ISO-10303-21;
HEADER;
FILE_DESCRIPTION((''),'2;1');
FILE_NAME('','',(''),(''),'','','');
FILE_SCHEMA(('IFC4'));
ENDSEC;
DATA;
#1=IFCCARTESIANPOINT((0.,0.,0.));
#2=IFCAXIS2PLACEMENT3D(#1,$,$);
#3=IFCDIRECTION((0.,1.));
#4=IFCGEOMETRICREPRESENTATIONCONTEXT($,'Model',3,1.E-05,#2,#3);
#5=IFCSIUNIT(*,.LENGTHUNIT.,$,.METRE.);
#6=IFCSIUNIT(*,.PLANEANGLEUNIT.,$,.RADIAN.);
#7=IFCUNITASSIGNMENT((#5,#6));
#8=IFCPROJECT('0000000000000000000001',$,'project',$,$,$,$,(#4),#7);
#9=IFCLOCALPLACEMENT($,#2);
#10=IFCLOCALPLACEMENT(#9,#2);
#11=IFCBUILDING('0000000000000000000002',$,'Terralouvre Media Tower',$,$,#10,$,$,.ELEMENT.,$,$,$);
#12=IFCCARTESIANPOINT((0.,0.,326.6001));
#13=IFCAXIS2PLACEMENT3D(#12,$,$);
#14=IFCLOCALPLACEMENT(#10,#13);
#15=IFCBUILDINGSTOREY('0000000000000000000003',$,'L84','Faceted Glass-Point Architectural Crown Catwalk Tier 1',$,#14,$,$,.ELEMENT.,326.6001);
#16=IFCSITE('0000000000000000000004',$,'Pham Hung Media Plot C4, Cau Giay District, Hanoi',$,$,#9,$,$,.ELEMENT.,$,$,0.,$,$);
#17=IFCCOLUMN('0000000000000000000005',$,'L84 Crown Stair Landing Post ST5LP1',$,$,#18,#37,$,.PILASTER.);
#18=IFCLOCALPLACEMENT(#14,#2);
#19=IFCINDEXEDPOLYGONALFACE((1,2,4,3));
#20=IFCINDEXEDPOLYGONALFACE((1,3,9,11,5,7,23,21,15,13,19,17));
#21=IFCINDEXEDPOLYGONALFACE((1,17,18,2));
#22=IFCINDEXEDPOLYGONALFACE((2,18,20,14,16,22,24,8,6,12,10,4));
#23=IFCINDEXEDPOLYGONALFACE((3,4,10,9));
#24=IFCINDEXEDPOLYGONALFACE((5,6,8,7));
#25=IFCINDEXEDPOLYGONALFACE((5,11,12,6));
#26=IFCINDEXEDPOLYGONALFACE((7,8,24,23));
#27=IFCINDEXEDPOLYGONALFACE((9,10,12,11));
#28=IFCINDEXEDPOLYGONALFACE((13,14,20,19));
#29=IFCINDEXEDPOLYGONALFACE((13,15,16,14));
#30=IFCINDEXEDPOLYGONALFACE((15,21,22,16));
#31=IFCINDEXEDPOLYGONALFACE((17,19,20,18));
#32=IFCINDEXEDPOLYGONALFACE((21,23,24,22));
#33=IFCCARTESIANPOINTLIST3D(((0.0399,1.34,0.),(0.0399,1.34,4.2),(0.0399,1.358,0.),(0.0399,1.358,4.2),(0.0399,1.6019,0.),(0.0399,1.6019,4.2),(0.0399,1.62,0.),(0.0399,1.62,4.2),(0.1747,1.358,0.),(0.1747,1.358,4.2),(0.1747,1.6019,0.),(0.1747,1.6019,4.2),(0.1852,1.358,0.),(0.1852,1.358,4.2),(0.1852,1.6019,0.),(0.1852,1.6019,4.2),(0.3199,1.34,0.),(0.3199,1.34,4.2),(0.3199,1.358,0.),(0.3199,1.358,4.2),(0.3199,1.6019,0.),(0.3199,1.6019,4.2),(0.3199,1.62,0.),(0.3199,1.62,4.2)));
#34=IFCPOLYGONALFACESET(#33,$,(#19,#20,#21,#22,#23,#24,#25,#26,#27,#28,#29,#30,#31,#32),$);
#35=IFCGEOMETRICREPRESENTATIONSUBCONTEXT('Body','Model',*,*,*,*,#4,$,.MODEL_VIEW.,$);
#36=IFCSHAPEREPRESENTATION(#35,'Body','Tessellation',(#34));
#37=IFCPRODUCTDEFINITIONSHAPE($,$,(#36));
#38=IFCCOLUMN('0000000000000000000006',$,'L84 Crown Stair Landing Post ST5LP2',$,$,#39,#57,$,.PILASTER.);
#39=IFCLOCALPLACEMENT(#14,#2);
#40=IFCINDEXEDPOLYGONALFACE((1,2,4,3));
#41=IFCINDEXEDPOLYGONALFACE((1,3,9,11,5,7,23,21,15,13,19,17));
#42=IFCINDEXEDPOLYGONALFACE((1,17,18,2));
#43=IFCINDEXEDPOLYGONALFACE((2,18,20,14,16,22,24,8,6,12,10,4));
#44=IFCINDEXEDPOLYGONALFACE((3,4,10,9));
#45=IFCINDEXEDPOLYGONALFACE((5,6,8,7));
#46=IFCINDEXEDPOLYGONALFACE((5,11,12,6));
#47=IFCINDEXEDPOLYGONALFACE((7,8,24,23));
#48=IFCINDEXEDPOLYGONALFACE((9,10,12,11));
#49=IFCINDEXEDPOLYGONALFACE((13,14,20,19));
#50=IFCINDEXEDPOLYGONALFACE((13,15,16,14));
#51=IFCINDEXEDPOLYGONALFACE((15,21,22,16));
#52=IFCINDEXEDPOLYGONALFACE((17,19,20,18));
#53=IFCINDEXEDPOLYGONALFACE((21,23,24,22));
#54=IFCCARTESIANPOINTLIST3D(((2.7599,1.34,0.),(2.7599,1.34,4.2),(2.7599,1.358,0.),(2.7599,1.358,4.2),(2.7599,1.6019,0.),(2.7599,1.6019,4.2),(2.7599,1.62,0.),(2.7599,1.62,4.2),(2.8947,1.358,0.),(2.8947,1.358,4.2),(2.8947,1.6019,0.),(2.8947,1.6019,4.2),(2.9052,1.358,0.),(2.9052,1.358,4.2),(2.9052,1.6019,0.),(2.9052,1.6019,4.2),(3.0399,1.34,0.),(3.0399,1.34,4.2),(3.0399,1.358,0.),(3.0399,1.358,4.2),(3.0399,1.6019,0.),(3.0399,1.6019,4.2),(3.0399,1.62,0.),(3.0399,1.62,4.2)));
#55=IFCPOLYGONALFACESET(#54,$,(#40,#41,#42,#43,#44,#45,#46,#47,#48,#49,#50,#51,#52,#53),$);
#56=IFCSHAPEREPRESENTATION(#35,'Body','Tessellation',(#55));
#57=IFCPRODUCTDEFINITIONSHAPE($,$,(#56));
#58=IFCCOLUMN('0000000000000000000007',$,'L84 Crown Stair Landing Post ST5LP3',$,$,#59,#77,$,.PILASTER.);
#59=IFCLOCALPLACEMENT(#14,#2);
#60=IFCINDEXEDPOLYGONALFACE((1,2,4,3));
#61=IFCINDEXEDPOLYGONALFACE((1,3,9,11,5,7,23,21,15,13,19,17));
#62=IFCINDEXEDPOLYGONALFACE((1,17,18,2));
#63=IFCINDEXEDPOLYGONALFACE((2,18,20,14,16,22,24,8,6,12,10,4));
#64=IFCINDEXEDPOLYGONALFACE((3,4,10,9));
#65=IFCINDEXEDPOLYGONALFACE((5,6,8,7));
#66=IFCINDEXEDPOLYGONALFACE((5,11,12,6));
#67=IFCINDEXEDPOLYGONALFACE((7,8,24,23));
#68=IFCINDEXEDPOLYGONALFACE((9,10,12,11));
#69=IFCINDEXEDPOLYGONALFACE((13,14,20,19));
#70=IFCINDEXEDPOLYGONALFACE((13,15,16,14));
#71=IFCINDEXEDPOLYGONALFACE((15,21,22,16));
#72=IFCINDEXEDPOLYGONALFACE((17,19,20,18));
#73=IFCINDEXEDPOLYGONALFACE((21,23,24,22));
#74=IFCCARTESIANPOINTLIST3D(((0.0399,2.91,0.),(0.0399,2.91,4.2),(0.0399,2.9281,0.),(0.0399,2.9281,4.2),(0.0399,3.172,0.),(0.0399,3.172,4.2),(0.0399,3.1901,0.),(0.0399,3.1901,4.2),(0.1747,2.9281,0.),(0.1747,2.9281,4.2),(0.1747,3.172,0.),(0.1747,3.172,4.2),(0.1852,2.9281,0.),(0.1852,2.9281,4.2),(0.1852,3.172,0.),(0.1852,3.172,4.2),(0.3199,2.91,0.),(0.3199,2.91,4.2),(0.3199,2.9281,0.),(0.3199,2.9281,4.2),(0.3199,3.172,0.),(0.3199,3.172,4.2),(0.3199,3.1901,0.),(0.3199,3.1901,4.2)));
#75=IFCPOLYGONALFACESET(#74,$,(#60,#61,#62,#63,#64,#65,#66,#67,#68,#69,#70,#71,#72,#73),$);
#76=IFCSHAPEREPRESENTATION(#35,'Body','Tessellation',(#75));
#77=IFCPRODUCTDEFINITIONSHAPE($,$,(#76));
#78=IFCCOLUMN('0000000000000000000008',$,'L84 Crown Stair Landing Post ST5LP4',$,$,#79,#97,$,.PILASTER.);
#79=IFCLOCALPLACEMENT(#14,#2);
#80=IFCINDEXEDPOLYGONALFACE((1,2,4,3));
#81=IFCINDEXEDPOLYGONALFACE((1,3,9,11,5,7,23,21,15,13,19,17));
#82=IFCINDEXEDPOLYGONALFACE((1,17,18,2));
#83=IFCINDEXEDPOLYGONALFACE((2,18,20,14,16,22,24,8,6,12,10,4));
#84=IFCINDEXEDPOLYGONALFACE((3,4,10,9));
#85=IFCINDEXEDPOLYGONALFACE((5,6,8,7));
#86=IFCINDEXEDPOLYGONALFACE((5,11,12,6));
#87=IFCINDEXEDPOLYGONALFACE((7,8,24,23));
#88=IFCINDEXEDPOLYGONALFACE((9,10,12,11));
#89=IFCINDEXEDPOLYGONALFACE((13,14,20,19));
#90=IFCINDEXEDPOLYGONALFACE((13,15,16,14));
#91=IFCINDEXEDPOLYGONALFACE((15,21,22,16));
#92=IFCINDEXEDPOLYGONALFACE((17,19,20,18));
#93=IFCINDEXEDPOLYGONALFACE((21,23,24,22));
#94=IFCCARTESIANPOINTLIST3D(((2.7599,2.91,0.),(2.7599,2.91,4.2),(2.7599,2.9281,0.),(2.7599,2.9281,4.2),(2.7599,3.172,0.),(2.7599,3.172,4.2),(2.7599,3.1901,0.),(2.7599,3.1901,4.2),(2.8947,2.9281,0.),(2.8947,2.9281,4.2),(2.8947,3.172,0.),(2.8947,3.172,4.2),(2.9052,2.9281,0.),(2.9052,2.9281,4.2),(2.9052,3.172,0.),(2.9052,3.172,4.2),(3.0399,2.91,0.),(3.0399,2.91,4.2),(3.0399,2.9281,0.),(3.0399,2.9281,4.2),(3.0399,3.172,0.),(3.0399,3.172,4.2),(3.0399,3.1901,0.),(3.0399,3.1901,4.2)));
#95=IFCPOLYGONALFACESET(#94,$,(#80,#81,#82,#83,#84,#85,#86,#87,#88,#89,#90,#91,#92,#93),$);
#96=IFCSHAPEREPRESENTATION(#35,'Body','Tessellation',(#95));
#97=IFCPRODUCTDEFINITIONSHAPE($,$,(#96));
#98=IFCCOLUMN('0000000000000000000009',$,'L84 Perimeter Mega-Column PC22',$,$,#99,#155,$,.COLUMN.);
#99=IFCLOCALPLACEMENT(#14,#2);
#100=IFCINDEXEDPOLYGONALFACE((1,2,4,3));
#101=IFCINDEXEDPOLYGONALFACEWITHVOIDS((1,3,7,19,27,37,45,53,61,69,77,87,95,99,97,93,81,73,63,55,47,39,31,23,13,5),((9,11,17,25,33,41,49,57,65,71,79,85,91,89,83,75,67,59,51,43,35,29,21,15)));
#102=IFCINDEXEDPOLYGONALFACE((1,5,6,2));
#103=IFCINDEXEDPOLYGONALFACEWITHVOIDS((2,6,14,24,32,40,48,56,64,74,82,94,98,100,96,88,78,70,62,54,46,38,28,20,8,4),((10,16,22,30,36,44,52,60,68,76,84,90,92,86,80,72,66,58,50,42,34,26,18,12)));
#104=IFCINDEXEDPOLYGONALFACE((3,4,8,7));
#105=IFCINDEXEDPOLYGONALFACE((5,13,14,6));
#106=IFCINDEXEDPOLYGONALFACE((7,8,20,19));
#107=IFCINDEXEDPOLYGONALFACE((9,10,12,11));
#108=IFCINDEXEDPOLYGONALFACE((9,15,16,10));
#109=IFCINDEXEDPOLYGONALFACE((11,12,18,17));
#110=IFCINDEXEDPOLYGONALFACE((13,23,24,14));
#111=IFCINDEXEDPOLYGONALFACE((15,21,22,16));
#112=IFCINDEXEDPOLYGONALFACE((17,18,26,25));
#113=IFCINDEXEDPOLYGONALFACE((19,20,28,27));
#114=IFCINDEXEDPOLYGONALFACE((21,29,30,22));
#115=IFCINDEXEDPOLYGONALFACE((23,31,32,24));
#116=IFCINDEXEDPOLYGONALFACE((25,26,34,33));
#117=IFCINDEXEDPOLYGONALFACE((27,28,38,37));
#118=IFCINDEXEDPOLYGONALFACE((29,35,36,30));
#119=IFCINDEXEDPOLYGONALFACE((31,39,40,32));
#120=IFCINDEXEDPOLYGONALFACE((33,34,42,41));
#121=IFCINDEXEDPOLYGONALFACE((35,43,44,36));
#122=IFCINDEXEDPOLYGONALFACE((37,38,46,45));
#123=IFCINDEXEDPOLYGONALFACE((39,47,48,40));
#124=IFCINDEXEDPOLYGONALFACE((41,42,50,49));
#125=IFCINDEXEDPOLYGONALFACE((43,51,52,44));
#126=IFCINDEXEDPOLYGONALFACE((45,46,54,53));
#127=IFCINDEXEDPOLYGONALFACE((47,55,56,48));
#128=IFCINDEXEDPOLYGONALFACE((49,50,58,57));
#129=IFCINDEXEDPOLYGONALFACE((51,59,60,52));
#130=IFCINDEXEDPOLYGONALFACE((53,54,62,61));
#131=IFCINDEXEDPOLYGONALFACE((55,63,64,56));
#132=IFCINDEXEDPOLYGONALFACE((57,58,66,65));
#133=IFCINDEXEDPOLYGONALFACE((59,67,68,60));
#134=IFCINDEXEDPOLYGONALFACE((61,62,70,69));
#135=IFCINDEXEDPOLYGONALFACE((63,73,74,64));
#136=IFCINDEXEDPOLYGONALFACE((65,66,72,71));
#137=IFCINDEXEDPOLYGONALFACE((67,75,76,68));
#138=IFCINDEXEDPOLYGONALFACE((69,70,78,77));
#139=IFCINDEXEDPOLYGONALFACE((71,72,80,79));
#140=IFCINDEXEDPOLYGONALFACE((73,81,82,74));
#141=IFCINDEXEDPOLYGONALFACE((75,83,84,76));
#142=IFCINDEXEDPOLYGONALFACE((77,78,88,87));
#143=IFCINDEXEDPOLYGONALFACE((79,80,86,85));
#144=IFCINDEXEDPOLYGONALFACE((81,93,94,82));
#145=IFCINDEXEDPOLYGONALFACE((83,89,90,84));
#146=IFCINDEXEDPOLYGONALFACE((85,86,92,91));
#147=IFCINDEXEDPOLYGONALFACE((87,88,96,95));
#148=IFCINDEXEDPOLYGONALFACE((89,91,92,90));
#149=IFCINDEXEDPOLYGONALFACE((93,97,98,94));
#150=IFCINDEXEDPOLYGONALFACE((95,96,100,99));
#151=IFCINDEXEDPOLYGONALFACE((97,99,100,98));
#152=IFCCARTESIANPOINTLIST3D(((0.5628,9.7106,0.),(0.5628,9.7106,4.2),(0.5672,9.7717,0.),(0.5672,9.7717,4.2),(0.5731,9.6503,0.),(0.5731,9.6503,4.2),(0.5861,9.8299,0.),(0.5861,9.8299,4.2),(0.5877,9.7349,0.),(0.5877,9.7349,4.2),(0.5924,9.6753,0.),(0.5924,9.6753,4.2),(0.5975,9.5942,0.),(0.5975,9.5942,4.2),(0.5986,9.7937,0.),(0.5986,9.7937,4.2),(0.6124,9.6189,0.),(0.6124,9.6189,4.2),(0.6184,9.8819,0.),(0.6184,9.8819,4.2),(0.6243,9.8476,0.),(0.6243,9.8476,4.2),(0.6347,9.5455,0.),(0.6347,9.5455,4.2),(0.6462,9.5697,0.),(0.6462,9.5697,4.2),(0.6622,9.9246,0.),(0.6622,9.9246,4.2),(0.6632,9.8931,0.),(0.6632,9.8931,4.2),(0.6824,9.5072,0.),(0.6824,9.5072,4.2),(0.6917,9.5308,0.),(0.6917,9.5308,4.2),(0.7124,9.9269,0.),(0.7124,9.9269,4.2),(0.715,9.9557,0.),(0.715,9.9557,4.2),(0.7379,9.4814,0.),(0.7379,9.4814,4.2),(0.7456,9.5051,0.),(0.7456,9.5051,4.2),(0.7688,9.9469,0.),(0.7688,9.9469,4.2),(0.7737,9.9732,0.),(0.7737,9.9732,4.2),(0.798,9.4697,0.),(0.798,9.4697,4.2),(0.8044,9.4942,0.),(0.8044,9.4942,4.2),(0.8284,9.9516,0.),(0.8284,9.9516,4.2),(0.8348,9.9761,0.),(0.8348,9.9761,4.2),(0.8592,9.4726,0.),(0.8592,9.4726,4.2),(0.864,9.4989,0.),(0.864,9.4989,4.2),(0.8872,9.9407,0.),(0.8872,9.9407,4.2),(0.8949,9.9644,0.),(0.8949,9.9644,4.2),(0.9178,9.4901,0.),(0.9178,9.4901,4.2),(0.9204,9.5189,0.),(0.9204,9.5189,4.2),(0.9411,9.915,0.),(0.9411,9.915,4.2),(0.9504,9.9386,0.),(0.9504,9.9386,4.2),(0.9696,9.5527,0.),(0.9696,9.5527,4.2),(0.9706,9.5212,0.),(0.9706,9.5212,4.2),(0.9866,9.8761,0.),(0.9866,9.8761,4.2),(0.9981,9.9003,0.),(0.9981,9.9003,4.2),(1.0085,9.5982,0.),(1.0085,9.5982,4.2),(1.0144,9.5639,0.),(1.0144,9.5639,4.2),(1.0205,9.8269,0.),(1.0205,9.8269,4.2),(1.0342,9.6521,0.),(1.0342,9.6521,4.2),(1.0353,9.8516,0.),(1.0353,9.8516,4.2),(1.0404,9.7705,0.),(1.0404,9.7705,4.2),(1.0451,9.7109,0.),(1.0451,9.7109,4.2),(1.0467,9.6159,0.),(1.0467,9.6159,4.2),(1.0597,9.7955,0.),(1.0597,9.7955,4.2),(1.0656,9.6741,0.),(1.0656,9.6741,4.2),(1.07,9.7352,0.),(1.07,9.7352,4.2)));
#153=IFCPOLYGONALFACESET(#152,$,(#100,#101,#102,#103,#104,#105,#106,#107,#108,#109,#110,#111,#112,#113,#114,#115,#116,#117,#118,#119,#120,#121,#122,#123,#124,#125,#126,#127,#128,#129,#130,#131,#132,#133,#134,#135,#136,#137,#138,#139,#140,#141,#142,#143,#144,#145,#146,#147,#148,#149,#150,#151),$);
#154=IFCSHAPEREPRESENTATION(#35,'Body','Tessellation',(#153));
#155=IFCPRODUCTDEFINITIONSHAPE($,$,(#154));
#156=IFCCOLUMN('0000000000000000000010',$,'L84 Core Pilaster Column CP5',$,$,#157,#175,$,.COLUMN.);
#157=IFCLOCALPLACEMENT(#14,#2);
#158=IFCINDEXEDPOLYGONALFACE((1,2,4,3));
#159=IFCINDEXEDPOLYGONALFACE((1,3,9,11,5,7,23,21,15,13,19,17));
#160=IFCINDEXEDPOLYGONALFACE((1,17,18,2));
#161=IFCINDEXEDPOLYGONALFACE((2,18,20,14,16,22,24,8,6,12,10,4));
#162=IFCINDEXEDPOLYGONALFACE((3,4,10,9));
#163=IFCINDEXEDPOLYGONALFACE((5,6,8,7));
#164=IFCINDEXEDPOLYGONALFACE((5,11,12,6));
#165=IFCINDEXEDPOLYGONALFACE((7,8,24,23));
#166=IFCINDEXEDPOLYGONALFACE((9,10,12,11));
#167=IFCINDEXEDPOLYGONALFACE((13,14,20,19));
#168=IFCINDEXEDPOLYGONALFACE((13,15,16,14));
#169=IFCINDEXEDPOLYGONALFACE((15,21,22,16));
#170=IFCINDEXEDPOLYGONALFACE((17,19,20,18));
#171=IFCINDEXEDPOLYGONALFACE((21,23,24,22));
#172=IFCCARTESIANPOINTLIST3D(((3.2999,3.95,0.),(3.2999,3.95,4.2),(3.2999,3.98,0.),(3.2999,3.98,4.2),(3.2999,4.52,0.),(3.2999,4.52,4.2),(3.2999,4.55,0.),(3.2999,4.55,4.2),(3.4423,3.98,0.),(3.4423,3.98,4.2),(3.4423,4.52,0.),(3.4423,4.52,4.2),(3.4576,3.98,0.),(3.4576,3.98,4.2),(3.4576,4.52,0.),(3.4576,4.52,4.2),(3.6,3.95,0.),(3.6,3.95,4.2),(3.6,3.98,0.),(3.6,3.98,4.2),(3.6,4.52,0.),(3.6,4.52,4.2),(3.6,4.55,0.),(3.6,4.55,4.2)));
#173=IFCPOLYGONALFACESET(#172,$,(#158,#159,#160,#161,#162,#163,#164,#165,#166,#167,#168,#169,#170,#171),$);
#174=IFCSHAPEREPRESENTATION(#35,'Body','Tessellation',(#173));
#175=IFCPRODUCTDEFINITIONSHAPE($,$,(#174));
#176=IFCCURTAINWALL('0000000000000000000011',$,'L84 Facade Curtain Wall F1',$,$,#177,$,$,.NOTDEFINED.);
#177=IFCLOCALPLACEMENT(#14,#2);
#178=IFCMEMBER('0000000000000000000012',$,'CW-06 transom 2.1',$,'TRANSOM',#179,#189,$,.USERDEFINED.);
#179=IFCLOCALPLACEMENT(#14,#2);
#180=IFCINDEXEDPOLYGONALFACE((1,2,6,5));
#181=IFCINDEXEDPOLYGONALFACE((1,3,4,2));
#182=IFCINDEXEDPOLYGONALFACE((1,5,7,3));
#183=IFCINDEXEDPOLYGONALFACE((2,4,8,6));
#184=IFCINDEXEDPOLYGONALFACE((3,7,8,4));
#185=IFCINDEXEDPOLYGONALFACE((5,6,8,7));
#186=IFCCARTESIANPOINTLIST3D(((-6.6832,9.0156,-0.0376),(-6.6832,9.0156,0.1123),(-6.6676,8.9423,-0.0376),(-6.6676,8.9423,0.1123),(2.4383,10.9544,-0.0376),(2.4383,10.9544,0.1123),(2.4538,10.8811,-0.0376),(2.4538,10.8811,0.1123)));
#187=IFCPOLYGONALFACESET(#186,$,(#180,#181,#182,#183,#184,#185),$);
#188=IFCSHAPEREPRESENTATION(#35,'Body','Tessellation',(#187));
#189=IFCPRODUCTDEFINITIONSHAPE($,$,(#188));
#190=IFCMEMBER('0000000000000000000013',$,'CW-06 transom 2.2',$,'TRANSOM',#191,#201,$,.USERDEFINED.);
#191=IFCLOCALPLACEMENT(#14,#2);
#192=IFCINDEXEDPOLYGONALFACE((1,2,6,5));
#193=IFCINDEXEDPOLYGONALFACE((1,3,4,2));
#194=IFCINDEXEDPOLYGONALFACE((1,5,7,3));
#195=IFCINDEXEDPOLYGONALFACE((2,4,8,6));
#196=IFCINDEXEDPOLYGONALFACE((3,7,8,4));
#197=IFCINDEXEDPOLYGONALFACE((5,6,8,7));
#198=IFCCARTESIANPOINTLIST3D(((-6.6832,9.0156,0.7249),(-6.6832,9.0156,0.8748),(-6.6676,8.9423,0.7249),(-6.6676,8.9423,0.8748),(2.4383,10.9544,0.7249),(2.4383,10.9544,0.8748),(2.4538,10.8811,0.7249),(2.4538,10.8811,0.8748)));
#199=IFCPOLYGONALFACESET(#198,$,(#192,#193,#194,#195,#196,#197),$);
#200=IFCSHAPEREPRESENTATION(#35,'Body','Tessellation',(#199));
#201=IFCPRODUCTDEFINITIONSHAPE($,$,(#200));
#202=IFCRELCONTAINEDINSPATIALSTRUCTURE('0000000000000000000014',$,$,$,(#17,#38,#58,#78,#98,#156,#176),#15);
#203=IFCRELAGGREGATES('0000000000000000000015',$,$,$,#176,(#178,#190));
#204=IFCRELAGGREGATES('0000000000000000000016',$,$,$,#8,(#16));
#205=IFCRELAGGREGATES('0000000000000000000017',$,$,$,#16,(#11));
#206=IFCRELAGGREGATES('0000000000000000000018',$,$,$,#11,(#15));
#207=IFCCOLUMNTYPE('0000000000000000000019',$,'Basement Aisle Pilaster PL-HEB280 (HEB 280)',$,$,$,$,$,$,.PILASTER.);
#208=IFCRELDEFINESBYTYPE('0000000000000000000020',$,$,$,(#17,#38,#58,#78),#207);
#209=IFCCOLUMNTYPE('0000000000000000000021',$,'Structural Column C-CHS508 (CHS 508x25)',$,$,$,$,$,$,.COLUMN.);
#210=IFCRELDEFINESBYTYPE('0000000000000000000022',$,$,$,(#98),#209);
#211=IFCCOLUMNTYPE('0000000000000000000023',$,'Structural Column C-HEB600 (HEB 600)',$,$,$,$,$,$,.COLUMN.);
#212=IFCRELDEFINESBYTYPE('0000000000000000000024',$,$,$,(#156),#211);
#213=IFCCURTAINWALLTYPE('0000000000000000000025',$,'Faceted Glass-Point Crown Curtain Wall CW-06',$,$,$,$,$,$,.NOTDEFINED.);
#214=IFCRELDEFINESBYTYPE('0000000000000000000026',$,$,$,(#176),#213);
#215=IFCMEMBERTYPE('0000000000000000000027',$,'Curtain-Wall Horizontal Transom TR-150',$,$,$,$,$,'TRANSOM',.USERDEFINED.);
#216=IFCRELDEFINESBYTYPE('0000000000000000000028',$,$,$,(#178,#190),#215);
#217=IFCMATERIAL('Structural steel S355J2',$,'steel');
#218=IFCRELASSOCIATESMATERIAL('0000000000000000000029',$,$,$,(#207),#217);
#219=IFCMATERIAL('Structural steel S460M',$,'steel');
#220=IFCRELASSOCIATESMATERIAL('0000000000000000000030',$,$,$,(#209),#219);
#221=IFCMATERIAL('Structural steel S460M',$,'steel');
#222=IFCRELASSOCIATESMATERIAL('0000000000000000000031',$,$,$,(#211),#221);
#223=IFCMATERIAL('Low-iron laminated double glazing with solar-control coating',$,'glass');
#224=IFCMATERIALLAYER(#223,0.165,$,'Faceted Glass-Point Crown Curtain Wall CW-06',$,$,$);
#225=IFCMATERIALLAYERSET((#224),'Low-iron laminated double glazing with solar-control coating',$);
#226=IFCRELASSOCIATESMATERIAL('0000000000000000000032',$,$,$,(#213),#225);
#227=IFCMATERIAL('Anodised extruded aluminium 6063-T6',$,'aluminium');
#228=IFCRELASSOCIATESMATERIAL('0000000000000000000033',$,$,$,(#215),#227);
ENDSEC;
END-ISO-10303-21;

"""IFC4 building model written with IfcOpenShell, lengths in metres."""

from ifc_helpers import new_model, si_unit, direction, frame, origin, origin_2d, place, context, subcontext, project, spatial, rectangle, hollow_circle, i_section, extrude, material, layer, layer_set, material_profile, profile_set, type_object, element, aggregate, save


model = new_model("IFC4")

# Units and contexts
model_context = context("Model", 3, precision=1e-05, world=origin(), true_north=direction((0.0, 1.0)))
body_context = subcontext(model_context, "Body", "Model", "MODEL_VIEW")
ifc_project = project(units=[si_unit("LENGTHUNIT", "METRE"), si_unit("PLANEANGLEUNIT", "RADIAN")], contexts=[model_context])

# Site, building, storey
site_placement = place(None, origin())
site = spatial("IfcSite", under=ifc_project, at=site_placement, Name="Pham Hung Media Plot C4, Cau Giay District, Hanoi", CompositionType="ELEMENT", RefElevation=0.0)
building_placement = place(site_placement, origin())
building = spatial("IfcBuilding", under=site, at=building_placement, Name="Terralouvre Media Tower", CompositionType="ELEMENT")
storey_placement = place(building_placement, frame((0.0, 0.0, 326.6001)))
storey = spatial("IfcBuildingStorey", under=building, at=storey_placement, Name="L84", Description="Faceted Glass-Point Architectural Crown Catwalk Tier 1", CompositionType="ELEMENT", Elevation=326.6001)

# Columns
ifc_material_1 = material(Name="Structural steel S355J2", Category="steel")
ifc_material_profile_1 = material_profile(ifc_material_1, i_section(OverallWidth=0.28, OverallDepth=0.28, WebThickness=0.0105, FlangeThickness=0.0181, at=origin_2d()), Name="HEB 280")
ifc_profile_set_1 = profile_set([ifc_material_profile_1], Name="Structural steel S355J2")
column_type_1 = type_object("IfcColumnType", Name="Basement Aisle Pilaster PL-HEB280 (HEB 280)", PredefinedType="PILASTER", material=ifc_profile_set_1)
for number, where, z_axis, x_axis, name in (
    (1, (0.1799, 1.48, 0.0), (0.0, 0.0, 1.0), (1.0, 0.0, 0.0), "L84 Crown Stair Landing Post ST5LP1"),
    (2, (2.8999, 1.48, 0.0), (0.0, 0.0, 1.0), (1.0, 0.0, 0.0), "L84 Crown Stair Landing Post ST5LP2"),
    (3, (0.1799, 3.05, 0.0), (0.0, 0.0, 1.0), (1.0, 0.0, 0.0), "L84 Crown Stair Landing Post ST5LP3"),
    (4, (2.8999, 3.05, 0.0), (0.0, 0.0, 1.0), (1.0, 0.0, 0.0), "L84 Crown Stair Landing Post ST5LP4"),
):
    element("IfcColumn", number, at=place(storey_placement, frame(where, z_axis=z_axis, x_axis=x_axis)), inside=storey, type_object=column_type_1, Name=name, PredefinedType="PILASTER", context=body_context, shape_type="SweptSolid", body=[
        extrude(i_section(OverallWidth=0.28, OverallDepth=0.28, WebThickness=0.0105, FlangeThickness=0.0181, at=origin_2d()), origin(), (0.0, 0.0, 1.0), 4.2),
    ])
ifc_material_2 = material(Name="Structural steel S460M", Category="steel")
ifc_material_profile_2 = material_profile(ifc_material_2, hollow_circle(Radius=0.2539, WallThickness=0.0249, at=origin_2d()), Name="CHS 508x25")
ifc_profile_set_2 = profile_set([ifc_material_profile_2], Name="Structural steel S460M")
column_type_2 = type_object("IfcColumnType", Name="Structural Column C-CHS508 (CHS 508x25)", PredefinedType="COLUMN", material=ifc_profile_set_2)
column_1_placement = place(storey_placement, frame((0.8164, 9.7229, 0.0), z_axis=(0.0, 0.0, 1.0), x_axis=(0.309017, 0.951057, 0.0)))
element("IfcColumn", 5, at=column_1_placement, inside=storey, type_object=column_type_2, Name="L84 Perimeter Mega-Column PC22", PredefinedType="COLUMN", context=body_context, shape_type="SweptSolid", body=[
    extrude(hollow_circle(Radius=0.2539, WallThickness=0.0249, at=origin_2d()), origin(), (0.0, 0.0, 1.0), 4.2),
])
ifc_material_3 = material(Name="Structural steel S460M", Category="steel")
ifc_material_profile_3 = material_profile(ifc_material_3, i_section(OverallWidth=0.3, OverallDepth=0.6001, WebThickness=0.0154, FlangeThickness=0.03, at=origin_2d()), Name="HEB 600")
ifc_profile_set_3 = profile_set([ifc_material_profile_3], Name="Structural steel S460M")
column_type_3 = type_object("IfcColumnType", Name="Structural Column C-HEB600 (HEB 600)", PredefinedType="COLUMN", material=ifc_profile_set_3)
column_2_placement = place(storey_placement, frame((3.45, 4.25, 0.0), z_axis=(0.0, 0.0, 1.0), x_axis=(1.0, 0.0, 0.0)))
element("IfcColumn", 6, at=column_2_placement, inside=storey, type_object=column_type_3, Name="L84 Core Pilaster Column CP5", PredefinedType="COLUMN", context=body_context, shape_type="SweptSolid", body=[
    extrude(i_section(OverallWidth=0.3, OverallDepth=0.6001, WebThickness=0.0154, FlangeThickness=0.03, at=origin_2d()), origin(), (0.0, 0.0, 1.0), 4.2),
])

# Curtain wall, members
ifc_material_4 = material(Name="Low-iron laminated double glazing with solar-control coating", Category="glass")
ifc_layer_1 = layer(ifc_material_4, 0.165, Name="Faceted Glass-Point Crown Curtain Wall CW-06")
ifc_layer_set_1 = layer_set([ifc_layer_1], Name="Low-iron laminated double glazing with solar-control coating")
curtain_wall_type = type_object("IfcCurtainWallType", Name="Faceted Glass-Point Crown Curtain Wall CW-06", PredefinedType="NOTDEFINED", material=ifc_layer_set_1)
curtain_wall_placement = place(storey_placement, origin())
curtain_wall = element("IfcCurtainWall", 7, at=curtain_wall_placement, inside=storey, type_object=curtain_wall_type, Name="L84 Facade Curtain Wall F1", PredefinedType="NOTDEFINED")
ifc_material_5 = material(Name="Anodised extruded aluminium 6063-T6", Category="aluminium")
ifc_material_profile_4 = material_profile(ifc_material_5, rectangle(XDim=0.075, YDim=0.1499, at=origin_2d()), Name="ALU 75x150")
ifc_profile_set_4 = profile_set([ifc_material_profile_4], Name="Anodised extruded aluminium 6063-T6")
member_type_1 = type_object("IfcMemberType", Name="Curtain-Wall Horizontal Transom TR-150", ElementType="TRANSOM", PredefinedType="USERDEFINED", material=ifc_profile_set_4)
member_1_placement = place(storey_placement, frame((2.446, 10.9177, 0.0374), z_axis=(-0.978149, -0.207904, 0.0), x_axis=(0.207904, -0.978149, 0.0)))
member_1 = element("IfcMember", 8, at=member_1_placement, type_object=member_type_1, Name="CW-06 transom 2.1", ObjectType="TRANSOM", PredefinedType="USERDEFINED", context=body_context, shape_type="SweptSolid", body=[
    extrude(rectangle(XDim=0.075, YDim=0.1499, at=origin_2d()), origin(), (0.0, 0.0, 1.0), 9.3252),
])
member_2_placement = place(storey_placement, frame((2.446, 10.9177, 0.7998), z_axis=(-0.978149, -0.207904, 0.0), x_axis=(0.207904, -0.978149, 0.0)))
member_2 = element("IfcMember", 9, at=member_2_placement, type_object=member_type_1, Name="CW-06 transom 2.2", ObjectType="TRANSOM", PredefinedType="USERDEFINED", context=body_context, shape_type="SweptSolid", body=[
    extrude(rectangle(XDim=0.075, YDim=0.1499, at=origin_2d()), origin(), (0.0, 0.0, 1.0), 9.3252),
])
aggregate(curtain_wall, [member_1, member_2])

save(model, "model.ifc")
